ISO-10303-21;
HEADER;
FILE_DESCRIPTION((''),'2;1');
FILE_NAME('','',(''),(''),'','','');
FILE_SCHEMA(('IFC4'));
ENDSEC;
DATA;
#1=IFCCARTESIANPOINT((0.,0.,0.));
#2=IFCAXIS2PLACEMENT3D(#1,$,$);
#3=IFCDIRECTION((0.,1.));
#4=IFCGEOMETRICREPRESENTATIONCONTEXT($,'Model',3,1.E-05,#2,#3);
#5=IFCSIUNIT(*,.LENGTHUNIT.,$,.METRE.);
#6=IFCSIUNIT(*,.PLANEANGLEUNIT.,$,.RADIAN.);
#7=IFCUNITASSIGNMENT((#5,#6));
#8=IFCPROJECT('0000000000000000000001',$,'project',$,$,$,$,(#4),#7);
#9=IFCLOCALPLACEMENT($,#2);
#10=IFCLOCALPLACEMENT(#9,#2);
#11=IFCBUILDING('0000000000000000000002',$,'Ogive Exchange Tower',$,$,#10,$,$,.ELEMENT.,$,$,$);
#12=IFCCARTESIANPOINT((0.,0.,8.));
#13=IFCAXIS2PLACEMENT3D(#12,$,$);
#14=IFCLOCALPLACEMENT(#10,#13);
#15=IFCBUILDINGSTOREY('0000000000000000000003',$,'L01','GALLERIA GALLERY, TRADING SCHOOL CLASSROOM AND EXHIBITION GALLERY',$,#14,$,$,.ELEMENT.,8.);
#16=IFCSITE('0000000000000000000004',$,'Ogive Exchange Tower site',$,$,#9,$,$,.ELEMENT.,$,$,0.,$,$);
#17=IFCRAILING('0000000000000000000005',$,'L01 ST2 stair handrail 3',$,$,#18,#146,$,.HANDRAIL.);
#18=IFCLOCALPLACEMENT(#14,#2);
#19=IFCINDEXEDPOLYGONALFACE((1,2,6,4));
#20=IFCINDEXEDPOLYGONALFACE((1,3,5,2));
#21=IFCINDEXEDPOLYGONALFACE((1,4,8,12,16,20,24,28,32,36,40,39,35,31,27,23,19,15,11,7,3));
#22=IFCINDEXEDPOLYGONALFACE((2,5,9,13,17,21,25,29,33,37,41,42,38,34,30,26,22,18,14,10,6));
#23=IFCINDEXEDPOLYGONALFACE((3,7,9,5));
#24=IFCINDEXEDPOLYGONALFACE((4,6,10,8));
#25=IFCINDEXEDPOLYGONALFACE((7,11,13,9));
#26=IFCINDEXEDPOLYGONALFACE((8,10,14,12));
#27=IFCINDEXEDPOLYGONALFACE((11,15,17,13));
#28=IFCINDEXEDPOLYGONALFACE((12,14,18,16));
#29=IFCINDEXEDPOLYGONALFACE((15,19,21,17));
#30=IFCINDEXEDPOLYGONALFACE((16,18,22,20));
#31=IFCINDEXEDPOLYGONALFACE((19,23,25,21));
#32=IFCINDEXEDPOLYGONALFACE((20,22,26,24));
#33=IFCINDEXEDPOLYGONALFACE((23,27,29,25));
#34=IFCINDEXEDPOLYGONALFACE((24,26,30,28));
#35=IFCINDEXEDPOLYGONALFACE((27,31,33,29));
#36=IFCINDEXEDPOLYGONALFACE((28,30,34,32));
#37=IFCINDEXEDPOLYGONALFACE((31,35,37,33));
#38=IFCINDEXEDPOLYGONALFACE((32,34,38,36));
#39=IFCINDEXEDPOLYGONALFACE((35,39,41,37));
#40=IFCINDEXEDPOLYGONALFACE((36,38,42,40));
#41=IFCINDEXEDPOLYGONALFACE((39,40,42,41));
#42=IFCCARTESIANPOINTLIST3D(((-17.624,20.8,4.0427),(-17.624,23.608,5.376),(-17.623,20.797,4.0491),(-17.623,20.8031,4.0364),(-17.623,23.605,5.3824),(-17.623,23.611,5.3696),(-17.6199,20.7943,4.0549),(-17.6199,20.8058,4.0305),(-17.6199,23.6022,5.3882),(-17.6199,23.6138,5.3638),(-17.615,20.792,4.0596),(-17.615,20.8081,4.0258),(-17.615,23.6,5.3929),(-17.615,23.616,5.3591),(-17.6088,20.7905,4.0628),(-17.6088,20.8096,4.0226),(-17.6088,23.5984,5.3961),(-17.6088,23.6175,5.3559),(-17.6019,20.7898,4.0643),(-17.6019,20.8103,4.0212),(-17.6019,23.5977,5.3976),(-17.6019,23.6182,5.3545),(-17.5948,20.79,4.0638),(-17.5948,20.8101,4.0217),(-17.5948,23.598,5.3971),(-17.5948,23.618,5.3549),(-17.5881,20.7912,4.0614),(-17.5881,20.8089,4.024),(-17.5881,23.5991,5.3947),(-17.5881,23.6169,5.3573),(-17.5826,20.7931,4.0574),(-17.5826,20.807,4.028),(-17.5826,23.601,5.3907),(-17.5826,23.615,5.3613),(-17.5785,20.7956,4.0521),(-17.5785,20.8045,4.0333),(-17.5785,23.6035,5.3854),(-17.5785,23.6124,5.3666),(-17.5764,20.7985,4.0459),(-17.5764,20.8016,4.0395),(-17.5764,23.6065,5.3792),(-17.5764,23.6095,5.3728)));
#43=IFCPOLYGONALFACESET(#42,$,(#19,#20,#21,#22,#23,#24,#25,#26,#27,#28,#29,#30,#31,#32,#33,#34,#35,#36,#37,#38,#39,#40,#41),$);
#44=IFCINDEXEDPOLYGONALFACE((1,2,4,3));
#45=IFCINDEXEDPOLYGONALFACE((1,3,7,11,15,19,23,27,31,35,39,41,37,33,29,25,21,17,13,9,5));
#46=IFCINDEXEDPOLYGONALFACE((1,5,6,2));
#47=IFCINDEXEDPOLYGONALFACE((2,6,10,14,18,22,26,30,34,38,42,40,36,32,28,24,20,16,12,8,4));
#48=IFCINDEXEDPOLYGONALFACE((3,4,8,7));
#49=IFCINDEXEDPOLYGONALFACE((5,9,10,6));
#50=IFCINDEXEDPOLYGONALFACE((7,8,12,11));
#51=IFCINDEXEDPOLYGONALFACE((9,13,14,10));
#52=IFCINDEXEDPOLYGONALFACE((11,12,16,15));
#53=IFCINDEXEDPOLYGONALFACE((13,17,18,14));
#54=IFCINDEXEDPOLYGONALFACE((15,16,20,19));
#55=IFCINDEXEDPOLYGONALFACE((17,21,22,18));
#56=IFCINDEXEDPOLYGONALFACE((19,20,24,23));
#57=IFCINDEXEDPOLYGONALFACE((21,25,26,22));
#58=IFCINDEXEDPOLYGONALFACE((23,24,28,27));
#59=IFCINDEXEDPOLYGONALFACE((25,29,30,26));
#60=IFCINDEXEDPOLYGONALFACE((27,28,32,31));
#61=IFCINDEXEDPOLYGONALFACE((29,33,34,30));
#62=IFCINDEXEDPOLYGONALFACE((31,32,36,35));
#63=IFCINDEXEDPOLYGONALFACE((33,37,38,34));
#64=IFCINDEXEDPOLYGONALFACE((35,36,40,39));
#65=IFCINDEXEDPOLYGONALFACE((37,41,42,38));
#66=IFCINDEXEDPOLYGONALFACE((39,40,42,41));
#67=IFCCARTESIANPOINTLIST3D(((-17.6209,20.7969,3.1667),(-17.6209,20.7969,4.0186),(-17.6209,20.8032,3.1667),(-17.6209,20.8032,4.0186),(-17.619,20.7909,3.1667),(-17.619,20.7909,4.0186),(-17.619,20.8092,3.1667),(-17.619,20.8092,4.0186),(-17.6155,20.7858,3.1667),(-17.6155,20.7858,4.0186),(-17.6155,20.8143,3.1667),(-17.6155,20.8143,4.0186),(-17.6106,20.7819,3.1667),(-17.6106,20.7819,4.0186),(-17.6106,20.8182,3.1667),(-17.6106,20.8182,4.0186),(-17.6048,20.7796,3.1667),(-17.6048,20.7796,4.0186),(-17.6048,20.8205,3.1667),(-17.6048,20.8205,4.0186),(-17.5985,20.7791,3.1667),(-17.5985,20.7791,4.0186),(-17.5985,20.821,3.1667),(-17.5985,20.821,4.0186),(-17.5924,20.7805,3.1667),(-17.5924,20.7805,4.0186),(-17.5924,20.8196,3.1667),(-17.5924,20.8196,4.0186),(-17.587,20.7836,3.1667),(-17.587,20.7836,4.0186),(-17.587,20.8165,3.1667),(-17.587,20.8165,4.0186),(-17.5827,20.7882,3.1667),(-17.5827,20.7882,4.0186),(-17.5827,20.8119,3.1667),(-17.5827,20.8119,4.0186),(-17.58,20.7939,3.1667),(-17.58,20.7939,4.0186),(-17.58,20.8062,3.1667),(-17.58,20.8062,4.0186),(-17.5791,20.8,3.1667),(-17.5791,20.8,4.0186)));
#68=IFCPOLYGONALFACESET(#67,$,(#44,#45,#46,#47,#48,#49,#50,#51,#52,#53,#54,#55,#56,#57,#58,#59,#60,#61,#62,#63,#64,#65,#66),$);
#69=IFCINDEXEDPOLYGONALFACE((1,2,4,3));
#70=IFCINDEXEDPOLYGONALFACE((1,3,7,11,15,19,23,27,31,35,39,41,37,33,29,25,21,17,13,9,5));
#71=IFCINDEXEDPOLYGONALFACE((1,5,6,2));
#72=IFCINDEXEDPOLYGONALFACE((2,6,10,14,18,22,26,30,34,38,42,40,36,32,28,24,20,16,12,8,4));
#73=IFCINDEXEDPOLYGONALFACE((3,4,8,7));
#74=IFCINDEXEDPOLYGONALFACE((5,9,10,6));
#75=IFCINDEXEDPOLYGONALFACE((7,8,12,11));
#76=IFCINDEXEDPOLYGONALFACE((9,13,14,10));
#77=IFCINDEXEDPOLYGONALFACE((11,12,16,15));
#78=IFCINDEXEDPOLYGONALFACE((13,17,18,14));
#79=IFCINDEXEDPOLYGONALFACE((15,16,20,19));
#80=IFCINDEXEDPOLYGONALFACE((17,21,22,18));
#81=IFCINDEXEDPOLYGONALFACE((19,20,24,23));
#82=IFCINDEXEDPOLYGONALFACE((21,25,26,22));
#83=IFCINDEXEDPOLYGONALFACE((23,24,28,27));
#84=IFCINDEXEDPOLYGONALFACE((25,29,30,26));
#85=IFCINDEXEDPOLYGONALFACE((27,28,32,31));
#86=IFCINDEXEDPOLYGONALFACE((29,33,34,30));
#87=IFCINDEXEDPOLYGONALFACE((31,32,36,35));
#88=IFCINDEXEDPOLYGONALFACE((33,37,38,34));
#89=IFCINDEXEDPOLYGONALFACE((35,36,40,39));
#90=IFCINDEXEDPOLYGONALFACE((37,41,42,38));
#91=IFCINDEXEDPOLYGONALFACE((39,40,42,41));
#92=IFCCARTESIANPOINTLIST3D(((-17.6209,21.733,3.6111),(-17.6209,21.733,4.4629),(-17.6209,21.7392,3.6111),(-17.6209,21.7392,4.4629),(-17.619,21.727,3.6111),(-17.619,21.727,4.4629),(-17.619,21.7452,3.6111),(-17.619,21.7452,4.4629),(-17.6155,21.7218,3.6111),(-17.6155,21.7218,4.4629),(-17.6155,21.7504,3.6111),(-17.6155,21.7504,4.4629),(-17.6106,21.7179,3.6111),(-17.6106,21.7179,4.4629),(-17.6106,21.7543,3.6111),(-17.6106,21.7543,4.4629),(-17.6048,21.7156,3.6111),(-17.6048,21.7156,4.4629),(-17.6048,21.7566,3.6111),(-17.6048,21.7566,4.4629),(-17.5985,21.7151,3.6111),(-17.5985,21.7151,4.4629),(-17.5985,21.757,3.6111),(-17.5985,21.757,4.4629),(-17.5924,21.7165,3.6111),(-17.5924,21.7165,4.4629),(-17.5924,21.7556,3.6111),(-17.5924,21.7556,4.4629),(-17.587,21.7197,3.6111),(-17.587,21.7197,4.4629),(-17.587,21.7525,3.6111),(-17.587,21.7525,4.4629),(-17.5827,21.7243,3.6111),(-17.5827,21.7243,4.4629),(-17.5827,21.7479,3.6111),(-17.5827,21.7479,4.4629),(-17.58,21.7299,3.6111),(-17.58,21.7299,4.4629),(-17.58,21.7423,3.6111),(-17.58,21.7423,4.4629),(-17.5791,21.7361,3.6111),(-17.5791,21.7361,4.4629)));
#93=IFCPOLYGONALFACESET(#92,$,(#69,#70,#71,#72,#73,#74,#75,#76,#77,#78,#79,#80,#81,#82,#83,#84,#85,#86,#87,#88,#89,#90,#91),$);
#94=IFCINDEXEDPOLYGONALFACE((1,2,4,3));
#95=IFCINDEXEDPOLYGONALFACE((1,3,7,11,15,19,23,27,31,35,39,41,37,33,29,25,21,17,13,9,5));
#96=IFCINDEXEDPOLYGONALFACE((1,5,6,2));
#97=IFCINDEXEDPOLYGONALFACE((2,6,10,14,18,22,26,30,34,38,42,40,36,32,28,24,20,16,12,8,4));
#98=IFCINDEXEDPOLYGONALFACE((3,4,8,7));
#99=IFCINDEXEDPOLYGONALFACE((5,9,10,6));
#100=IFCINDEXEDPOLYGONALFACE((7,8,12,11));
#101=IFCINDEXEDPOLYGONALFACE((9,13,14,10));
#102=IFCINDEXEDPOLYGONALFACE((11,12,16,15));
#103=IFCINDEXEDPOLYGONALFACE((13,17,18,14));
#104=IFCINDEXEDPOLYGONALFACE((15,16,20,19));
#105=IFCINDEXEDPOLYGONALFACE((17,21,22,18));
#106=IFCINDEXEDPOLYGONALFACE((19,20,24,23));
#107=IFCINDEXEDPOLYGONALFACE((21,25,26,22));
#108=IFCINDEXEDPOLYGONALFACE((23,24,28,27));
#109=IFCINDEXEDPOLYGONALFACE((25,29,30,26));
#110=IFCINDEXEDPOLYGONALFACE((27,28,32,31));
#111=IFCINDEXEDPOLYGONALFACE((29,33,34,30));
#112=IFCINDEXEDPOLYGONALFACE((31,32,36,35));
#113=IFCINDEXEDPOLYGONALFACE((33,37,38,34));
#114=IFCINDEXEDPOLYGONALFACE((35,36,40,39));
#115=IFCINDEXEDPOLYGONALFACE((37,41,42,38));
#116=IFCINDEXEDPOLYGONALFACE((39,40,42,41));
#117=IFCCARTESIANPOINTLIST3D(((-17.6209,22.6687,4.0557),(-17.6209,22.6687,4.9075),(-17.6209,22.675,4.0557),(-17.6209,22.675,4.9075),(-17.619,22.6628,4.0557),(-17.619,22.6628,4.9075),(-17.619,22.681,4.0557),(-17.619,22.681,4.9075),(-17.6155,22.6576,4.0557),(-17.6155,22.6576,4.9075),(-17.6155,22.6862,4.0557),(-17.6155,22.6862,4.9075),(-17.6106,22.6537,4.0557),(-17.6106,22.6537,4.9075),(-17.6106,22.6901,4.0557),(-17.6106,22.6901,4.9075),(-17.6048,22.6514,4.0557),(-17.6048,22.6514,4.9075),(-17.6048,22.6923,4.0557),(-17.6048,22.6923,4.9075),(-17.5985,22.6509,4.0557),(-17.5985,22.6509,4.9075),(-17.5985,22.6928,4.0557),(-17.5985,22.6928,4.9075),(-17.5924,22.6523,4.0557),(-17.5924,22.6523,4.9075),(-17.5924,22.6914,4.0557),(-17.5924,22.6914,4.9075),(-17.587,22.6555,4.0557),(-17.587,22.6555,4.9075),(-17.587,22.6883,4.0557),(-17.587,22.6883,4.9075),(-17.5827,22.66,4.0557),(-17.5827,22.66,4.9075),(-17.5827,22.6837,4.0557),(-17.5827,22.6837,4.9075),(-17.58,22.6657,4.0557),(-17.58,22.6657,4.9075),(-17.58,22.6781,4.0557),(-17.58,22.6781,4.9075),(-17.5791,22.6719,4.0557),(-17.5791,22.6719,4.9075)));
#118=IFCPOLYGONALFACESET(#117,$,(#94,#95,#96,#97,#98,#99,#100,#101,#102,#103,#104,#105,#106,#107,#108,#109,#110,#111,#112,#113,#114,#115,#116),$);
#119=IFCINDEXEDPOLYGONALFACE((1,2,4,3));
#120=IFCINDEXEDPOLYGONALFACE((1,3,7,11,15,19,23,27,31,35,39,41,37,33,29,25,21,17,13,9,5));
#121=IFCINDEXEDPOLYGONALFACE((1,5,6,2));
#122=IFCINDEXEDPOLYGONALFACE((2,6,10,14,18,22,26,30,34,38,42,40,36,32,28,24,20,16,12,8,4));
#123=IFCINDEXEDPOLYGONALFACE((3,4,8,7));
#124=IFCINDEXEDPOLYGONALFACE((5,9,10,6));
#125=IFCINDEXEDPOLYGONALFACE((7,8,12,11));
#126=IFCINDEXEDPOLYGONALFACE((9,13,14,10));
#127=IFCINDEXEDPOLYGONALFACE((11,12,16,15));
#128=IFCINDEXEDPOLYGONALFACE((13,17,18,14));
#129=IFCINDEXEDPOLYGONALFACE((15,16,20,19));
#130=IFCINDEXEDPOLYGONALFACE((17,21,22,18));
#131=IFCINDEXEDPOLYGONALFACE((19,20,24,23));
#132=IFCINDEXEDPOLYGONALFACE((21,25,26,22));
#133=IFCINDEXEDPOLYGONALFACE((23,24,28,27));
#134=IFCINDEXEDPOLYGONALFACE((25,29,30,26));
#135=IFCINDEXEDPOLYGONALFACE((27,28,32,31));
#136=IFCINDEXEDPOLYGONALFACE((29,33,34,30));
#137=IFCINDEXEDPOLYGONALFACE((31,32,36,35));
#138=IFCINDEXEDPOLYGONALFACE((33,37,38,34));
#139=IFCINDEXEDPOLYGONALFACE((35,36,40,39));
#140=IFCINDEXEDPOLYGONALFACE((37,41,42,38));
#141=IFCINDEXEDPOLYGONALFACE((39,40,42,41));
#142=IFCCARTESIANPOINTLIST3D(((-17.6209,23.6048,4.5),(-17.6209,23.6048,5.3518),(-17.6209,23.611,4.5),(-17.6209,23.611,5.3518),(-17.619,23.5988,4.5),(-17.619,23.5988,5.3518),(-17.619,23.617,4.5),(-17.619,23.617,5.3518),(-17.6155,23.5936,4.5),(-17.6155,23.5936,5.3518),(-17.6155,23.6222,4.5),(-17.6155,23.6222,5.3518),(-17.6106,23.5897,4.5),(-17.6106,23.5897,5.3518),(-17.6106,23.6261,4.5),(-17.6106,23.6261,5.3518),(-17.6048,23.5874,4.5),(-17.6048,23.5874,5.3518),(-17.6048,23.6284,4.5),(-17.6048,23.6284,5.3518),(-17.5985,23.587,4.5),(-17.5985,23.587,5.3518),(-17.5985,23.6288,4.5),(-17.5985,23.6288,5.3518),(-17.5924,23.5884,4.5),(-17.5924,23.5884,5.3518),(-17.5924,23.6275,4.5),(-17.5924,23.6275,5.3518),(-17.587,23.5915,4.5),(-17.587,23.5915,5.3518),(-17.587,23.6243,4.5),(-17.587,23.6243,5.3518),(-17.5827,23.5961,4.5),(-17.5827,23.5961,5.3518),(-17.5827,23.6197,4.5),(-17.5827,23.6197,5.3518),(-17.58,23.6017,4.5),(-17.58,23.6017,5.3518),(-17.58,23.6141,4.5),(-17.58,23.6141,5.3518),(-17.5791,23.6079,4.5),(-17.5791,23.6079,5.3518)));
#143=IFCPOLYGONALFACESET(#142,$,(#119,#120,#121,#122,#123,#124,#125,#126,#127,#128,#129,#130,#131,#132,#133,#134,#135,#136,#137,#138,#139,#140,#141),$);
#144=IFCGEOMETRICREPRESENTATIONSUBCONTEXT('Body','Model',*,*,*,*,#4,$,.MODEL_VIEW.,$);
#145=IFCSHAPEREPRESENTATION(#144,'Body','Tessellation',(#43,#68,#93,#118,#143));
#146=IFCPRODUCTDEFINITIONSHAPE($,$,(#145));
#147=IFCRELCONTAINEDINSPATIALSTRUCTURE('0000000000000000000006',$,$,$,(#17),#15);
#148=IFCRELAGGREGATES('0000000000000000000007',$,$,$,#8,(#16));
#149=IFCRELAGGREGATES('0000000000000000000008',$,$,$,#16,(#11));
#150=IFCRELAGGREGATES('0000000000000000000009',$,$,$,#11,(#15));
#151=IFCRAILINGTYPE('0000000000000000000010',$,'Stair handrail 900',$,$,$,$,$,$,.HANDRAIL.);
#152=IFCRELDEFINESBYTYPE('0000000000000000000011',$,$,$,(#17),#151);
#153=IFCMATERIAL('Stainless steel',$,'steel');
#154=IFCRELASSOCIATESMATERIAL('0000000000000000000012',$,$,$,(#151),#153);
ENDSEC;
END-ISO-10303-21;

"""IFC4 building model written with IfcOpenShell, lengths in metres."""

from ifc_helpers import new_model, si_unit, direction, frame, origin, origin_2d, place, context, subcontext, project, spatial, circle, extrude, material, type_object, element, save


model = new_model("IFC4")

# Units and contexts
model_context = context("Model", 3, precision=1e-05, world=origin(), true_north=direction((0.0, 1.0)))
body_context = subcontext(model_context, "Body", "Model", "MODEL_VIEW")
ifc_project = project(units=[si_unit("LENGTHUNIT", "METRE"), si_unit("PLANEANGLEUNIT", "RADIAN")], contexts=[model_context])

# Site, building, storey
site_placement = place(None, origin())
site = spatial("IfcSite", under=ifc_project, at=site_placement, Name="Ogive Exchange Tower site", CompositionType="ELEMENT", RefElevation=0.0)
building_placement = place(site_placement, origin())
building = spatial("IfcBuilding", under=site, at=building_placement, Name="Ogive Exchange Tower", CompositionType="ELEMENT")
storey_placement = place(building_placement, frame((0.0, 0.0, 8.0)))
storey = spatial("IfcBuildingStorey", under=building, at=storey_placement, Name="L01", Description="GALLERIA GALLERY, TRADING SCHOOL CLASSROOM AND EXHIBITION GALLERY", CompositionType="ELEMENT", Elevation=8.0)

# Railing
ifc_material_1 = material(Name="Stainless steel", Category="steel")
railing_type = type_object("IfcRailingType", Name="Stair handrail 900", PredefinedType="HANDRAIL", material=ifc_material_1)
for number, where, name in (
    (1, (-17.6001, 20.8, 3.1667), "L01 ST2 stair handrail 3"),
):
    element("IfcRailing", number, at=place(storey_placement, frame(where)), inside=storey, type_object=railing_type, Name=name, PredefinedType="HANDRAIL", context=body_context, shape_type="SweptSolid", body=[
        extrude(circle(Radius=0.0239, at=origin_2d()), frame((0.0, 0.0, 0.876), z_axis=(0.0, 0.903338, 0.42893), x_axis=(-1.0, 0.0, 0.0)), (0.0, 0.0, 1.0), 3.1084),
        extrude(circle(Radius=0.021, at=origin_2d()), origin(), (0.0, 0.0, 1.0), 0.8518),
        extrude(circle(Radius=0.021, at=origin_2d()), frame((0.0, 0.936, 0.4443)), (0.0, 0.0, 1.0), 0.8518),
        extrude(circle(Radius=0.021, at=origin_2d()), frame((0.0, 1.8718, 0.8889)), (0.0, 0.0, 1.0), 0.8518),
        extrude(circle(Radius=0.021, at=origin_2d()), frame((0.0, 2.8079, 1.3333)), (0.0, 0.0, 1.0), 0.8518),
    ])

save(model, "model.ifc")
